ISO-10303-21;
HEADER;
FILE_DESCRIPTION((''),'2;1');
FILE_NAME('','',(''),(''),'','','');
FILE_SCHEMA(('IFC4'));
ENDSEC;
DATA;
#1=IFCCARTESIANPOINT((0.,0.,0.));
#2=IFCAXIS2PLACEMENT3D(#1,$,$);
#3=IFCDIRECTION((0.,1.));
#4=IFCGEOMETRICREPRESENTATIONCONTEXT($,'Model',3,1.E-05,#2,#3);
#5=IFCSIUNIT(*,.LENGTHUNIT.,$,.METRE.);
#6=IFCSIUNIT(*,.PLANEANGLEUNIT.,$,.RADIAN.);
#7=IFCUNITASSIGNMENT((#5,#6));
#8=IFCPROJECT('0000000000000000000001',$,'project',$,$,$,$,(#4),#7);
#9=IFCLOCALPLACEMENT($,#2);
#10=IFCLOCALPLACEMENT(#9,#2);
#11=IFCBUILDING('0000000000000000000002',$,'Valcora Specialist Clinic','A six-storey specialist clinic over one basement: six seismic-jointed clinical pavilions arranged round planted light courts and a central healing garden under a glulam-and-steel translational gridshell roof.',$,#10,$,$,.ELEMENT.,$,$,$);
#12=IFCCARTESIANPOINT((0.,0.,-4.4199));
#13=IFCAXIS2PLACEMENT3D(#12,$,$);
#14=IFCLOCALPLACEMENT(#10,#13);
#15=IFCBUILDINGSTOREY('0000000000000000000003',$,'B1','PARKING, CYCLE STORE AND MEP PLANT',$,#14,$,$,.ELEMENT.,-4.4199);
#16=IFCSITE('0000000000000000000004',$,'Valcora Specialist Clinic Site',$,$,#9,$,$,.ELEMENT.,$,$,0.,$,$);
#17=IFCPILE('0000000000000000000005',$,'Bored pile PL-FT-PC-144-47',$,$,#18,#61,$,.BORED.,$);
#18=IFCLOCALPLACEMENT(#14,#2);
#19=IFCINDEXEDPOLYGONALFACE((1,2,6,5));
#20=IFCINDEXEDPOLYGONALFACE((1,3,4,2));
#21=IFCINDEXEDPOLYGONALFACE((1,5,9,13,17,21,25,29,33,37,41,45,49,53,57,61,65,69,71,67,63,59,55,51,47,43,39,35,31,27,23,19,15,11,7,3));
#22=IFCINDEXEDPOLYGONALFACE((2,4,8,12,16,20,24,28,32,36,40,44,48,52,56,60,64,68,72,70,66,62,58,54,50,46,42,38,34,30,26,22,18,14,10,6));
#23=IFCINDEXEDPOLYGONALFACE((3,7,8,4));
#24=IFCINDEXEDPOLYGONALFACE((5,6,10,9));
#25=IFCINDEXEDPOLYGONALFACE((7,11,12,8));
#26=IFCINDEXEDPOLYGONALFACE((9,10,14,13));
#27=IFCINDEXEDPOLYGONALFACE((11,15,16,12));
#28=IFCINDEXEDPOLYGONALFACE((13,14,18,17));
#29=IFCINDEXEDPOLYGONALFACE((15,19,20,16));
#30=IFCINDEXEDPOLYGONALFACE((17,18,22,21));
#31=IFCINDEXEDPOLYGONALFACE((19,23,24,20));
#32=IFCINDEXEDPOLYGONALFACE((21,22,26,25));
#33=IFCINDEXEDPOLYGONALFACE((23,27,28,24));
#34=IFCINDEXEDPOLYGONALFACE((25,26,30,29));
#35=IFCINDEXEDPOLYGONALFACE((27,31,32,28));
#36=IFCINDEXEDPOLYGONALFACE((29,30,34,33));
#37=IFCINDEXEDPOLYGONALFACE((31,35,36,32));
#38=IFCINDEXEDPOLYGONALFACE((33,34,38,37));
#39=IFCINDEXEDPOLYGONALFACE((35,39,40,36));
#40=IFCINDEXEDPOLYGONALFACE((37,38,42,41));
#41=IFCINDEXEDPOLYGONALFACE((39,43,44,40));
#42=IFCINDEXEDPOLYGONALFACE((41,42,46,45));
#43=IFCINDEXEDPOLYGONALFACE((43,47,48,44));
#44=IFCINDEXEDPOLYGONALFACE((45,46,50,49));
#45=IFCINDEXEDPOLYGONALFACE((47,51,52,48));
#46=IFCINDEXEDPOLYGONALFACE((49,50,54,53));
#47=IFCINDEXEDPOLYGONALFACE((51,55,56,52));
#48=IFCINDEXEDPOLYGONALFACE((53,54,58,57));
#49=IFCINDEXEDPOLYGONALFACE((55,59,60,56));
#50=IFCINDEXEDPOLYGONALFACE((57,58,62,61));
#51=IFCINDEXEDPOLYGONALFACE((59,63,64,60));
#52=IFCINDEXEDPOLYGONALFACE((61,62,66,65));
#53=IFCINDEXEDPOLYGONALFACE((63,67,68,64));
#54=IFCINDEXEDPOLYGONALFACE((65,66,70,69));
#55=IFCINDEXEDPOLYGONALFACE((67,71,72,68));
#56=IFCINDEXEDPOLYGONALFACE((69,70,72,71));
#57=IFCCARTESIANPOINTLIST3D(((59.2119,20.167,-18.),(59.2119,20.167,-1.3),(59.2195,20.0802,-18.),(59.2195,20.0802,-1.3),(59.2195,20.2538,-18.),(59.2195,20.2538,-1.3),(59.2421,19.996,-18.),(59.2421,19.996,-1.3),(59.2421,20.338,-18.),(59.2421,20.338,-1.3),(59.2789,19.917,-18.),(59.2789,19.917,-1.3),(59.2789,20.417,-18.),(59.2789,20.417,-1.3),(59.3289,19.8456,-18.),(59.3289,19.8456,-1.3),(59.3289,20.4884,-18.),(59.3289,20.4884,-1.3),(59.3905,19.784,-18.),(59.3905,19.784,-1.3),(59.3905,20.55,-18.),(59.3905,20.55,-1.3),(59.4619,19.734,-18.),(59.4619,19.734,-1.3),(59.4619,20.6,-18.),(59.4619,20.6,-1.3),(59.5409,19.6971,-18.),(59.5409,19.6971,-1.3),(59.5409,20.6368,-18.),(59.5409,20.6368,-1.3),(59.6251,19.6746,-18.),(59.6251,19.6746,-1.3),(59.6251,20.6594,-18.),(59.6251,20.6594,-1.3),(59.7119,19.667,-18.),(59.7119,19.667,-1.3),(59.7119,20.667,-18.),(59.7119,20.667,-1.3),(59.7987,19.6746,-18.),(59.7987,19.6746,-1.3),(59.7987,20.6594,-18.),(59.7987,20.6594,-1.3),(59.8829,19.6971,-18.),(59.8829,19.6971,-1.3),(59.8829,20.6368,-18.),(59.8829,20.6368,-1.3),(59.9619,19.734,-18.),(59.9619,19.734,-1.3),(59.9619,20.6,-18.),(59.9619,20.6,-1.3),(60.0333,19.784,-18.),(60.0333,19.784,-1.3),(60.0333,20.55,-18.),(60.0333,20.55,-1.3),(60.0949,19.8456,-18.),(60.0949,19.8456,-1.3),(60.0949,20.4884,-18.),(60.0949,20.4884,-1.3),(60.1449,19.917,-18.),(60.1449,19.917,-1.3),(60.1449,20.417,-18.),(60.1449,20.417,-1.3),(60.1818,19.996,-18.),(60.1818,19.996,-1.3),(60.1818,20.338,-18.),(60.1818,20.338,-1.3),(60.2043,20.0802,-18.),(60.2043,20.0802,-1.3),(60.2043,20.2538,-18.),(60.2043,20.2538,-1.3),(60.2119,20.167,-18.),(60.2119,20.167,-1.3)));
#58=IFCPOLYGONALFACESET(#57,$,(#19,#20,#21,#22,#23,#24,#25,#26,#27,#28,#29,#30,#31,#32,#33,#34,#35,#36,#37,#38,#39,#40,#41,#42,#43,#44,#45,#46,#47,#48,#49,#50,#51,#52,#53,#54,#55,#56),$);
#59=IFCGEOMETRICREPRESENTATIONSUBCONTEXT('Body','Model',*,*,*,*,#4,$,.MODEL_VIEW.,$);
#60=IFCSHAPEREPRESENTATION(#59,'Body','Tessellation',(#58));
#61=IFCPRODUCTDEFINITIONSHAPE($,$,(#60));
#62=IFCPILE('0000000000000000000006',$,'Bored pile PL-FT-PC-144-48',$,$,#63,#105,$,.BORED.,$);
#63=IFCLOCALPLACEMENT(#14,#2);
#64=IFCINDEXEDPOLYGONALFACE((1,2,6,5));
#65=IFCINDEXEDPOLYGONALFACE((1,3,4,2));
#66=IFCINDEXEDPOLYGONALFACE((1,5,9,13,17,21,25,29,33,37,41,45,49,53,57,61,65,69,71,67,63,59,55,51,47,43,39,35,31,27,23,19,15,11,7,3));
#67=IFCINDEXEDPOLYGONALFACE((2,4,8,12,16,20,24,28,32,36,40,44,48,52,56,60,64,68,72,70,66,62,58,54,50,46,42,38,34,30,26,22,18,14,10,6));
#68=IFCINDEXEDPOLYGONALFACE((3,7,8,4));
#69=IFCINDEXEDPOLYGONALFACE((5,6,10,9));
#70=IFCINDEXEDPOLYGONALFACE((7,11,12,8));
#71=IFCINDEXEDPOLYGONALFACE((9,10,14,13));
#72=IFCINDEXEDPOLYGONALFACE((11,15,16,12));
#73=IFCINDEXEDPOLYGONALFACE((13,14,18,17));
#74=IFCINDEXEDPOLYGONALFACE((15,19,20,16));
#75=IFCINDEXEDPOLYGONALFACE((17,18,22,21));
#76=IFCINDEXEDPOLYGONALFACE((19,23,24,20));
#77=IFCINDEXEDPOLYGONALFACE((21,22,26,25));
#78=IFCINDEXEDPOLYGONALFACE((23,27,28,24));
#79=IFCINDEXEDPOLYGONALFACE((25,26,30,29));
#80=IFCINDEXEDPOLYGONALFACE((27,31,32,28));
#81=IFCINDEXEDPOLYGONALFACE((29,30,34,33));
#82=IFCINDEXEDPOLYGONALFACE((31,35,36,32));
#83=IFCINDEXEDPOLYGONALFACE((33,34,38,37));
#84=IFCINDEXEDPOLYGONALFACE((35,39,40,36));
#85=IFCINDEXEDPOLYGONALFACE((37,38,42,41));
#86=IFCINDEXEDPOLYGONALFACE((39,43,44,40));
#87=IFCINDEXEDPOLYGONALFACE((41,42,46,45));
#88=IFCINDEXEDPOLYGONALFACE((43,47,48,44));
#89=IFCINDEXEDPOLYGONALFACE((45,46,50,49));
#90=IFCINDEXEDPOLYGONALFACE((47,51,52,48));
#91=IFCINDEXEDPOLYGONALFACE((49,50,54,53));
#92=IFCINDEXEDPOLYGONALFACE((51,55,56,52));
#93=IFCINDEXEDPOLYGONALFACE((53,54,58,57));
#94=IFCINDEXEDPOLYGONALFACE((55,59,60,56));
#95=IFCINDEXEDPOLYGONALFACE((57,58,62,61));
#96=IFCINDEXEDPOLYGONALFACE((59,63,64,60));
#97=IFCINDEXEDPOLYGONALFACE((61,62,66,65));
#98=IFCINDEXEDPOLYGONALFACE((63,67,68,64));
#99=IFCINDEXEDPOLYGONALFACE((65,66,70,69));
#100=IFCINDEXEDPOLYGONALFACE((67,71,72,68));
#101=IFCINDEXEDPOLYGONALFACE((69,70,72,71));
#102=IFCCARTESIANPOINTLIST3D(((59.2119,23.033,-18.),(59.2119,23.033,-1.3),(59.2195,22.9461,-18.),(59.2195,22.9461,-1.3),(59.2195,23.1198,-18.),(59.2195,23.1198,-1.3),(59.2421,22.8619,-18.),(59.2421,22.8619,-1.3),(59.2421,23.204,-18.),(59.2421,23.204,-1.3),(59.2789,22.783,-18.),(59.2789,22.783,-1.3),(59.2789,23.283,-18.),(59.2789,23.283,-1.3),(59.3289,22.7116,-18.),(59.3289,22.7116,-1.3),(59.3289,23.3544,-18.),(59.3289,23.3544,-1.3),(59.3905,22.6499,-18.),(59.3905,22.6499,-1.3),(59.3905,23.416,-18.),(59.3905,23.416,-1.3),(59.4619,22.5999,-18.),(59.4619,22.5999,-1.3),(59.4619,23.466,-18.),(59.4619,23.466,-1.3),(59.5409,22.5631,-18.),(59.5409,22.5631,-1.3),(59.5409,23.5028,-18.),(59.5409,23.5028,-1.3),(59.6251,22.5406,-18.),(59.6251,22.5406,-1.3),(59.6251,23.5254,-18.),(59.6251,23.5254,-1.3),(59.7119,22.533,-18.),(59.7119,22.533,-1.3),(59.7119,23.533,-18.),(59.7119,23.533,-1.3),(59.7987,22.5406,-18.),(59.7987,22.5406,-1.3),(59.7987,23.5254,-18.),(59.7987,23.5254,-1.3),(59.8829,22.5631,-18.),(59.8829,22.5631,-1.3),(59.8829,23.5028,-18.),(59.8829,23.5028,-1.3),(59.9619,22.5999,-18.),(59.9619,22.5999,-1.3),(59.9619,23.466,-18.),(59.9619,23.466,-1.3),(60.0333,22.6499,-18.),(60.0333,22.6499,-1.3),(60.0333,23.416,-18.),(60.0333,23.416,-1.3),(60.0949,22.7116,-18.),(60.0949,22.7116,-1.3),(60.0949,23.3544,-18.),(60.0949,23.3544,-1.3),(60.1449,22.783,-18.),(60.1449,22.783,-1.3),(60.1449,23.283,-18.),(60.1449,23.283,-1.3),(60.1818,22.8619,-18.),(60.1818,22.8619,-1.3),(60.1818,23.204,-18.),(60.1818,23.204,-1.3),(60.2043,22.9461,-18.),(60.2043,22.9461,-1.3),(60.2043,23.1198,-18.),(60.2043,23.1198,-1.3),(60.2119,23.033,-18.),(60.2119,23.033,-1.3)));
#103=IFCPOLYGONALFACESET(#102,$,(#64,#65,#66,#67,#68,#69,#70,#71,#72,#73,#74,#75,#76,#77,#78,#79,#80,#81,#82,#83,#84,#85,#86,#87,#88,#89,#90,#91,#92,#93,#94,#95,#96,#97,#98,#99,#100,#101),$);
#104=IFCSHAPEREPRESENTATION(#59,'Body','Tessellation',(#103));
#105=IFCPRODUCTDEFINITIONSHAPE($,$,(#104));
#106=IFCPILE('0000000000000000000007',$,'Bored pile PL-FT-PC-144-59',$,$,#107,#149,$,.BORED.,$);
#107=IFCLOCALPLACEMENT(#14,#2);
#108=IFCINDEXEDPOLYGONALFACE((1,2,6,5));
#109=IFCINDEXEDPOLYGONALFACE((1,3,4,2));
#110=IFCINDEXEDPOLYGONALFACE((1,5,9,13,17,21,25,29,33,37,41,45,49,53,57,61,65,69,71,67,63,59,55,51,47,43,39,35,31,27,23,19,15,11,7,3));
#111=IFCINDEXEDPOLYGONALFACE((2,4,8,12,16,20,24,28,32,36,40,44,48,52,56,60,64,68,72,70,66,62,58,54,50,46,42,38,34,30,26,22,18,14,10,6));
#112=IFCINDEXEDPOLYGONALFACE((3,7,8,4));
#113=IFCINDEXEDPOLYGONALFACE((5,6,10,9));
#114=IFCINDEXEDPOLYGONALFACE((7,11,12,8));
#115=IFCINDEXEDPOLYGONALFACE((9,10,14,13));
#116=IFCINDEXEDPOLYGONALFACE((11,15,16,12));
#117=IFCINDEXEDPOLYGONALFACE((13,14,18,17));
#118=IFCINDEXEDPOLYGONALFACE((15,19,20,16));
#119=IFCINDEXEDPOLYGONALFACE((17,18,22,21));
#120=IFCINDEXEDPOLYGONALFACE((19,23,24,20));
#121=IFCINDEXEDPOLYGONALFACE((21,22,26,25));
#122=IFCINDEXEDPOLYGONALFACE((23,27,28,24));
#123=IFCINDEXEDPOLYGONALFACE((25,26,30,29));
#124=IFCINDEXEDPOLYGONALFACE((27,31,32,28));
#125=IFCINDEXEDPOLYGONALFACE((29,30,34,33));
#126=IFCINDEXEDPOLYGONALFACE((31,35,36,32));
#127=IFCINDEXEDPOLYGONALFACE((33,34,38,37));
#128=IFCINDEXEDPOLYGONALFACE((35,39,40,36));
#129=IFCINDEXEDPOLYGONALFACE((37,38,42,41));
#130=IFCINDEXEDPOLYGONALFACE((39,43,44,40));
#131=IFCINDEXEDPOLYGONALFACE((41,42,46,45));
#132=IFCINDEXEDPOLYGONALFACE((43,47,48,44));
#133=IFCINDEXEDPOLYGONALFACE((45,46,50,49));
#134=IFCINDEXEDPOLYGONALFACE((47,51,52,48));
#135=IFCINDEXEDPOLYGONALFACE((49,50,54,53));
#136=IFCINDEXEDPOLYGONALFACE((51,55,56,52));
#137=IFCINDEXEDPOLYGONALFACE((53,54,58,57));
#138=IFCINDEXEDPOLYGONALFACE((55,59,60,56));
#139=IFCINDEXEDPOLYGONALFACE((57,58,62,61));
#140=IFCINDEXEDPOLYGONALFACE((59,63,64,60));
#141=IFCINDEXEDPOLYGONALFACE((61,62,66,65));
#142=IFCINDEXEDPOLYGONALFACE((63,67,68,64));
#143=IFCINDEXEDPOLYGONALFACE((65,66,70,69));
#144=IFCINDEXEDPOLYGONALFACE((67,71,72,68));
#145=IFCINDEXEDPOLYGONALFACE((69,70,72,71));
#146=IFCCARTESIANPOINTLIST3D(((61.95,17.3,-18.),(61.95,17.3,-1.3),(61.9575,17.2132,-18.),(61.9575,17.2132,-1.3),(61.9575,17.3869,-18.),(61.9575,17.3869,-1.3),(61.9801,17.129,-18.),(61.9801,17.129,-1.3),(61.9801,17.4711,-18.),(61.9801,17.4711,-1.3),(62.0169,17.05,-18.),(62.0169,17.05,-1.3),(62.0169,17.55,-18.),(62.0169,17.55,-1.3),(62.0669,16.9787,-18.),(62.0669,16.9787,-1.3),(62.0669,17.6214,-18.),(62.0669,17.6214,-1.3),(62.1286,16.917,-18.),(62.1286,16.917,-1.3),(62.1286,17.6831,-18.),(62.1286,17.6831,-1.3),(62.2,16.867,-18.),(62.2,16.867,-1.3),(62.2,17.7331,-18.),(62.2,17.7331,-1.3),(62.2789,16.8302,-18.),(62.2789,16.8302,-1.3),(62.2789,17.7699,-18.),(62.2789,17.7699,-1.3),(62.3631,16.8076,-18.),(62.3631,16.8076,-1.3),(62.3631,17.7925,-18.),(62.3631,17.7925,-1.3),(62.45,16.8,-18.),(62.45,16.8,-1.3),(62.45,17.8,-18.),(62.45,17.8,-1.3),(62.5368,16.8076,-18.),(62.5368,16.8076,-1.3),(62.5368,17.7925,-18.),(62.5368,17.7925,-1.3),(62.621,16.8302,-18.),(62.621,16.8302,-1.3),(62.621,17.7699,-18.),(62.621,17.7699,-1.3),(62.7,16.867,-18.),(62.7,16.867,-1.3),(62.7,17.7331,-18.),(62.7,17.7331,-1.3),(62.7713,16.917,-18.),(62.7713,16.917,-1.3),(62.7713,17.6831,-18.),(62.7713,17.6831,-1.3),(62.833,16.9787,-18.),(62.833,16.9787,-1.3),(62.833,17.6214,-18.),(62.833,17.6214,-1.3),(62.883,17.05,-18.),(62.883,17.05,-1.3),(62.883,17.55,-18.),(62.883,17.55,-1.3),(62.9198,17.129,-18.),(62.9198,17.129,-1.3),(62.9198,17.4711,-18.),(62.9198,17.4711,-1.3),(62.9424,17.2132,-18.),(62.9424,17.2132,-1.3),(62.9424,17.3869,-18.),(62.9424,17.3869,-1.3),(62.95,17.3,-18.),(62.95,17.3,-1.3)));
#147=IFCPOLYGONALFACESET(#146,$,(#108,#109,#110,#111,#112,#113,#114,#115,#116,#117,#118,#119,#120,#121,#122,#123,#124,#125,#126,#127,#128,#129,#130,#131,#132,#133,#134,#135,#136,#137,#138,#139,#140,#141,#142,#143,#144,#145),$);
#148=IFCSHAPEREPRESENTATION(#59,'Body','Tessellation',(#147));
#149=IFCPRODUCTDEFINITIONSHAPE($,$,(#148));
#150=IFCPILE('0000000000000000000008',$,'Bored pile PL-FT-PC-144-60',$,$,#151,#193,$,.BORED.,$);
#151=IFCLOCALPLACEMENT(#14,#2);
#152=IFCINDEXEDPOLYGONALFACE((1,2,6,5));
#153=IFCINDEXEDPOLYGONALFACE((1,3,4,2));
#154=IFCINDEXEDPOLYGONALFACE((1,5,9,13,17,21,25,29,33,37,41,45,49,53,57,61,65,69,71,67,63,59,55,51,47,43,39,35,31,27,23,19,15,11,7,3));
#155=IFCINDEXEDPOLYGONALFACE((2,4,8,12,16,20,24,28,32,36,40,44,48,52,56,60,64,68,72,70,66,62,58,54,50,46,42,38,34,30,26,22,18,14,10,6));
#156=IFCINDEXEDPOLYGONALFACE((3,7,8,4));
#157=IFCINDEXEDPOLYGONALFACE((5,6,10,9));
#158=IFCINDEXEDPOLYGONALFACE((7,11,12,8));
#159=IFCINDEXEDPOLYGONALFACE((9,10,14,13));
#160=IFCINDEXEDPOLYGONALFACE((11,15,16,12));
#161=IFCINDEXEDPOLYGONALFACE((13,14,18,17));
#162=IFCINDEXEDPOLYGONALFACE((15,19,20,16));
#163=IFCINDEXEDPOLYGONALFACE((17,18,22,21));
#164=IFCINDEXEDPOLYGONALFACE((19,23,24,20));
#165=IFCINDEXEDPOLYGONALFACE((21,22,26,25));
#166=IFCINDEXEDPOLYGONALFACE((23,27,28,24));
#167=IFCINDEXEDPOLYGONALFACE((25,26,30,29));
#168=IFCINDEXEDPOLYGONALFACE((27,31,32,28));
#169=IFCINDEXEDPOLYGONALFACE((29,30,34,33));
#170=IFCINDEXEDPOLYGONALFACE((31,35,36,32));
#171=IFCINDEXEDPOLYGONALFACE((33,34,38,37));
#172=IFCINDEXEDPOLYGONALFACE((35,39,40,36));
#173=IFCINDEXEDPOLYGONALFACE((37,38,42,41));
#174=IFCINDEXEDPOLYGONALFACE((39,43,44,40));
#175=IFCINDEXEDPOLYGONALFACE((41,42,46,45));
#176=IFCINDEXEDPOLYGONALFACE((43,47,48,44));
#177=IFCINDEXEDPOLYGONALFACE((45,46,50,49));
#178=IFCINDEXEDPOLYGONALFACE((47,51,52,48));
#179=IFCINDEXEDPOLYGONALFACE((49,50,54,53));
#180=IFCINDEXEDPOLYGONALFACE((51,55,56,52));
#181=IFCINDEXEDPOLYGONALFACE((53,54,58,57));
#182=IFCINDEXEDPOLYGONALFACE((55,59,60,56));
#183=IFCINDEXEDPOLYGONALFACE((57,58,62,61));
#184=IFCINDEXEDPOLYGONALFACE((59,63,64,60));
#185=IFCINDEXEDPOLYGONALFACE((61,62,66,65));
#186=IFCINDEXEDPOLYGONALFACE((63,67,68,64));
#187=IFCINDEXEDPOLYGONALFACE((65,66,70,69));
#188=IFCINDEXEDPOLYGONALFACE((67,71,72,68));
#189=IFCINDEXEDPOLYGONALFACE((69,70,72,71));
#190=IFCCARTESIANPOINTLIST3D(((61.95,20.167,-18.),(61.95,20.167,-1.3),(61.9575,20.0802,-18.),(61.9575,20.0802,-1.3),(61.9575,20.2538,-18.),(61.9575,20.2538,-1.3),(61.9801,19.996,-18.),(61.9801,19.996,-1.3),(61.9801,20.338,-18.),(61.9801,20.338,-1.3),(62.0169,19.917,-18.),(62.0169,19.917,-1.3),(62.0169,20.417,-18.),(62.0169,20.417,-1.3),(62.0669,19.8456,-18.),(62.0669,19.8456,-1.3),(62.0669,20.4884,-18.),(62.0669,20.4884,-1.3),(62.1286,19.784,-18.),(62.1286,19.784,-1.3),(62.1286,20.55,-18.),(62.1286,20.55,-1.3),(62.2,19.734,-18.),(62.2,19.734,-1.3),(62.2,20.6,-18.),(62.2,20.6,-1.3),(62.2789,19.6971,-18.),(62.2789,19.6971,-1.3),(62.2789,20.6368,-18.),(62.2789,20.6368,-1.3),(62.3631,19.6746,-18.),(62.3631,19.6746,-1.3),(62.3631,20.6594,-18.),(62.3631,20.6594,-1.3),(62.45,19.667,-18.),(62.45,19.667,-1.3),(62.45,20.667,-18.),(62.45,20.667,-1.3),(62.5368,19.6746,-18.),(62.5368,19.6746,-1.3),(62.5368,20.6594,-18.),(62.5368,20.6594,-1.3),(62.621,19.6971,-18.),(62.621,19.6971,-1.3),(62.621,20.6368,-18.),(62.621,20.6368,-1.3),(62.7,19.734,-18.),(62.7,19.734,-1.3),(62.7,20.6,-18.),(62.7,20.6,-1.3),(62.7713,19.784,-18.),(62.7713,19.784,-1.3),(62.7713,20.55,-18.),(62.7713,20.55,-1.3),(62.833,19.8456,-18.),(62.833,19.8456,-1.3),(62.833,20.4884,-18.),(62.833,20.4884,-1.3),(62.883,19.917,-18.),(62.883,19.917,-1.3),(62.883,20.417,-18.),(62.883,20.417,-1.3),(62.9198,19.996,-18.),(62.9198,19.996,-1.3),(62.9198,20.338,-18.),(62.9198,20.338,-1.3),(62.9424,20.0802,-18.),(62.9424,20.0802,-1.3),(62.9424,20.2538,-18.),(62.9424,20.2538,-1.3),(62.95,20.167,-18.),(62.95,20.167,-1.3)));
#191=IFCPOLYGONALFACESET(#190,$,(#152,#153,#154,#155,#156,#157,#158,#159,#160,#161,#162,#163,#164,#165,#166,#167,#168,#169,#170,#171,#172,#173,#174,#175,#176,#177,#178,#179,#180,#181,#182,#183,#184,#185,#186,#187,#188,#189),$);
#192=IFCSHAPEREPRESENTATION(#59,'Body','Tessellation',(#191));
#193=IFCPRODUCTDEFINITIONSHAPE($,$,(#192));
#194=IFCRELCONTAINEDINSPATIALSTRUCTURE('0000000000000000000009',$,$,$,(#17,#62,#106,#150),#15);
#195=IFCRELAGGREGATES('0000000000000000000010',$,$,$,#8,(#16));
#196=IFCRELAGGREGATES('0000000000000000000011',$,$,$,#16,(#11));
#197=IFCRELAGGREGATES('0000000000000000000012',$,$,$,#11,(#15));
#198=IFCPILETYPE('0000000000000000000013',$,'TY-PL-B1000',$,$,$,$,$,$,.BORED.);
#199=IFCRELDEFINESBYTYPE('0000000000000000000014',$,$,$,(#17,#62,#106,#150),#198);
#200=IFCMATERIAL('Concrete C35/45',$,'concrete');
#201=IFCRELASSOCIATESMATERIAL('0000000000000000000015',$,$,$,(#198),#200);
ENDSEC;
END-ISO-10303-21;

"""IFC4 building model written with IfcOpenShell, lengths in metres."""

from ifc_helpers import new_model, si_unit, direction, frame, origin, origin_2d, place, context, subcontext, project, spatial, circle, extrude, material, material_profile, profile_set, type_object, element, save


model = new_model("IFC4")

# Units and contexts
model_context = context("Model", 3, precision=1e-05, world=origin(), true_north=direction((0.0, 1.0)))
body_context = subcontext(model_context, "Body", "Model", "MODEL_VIEW")
ifc_project = project(units=[si_unit("LENGTHUNIT", "METRE"), si_unit("PLANEANGLEUNIT", "RADIAN")], contexts=[model_context])

# Site, building, storey
site_placement = place(None, origin())
site = spatial("IfcSite", under=ifc_project, at=site_placement, Name="Valcora Specialist Clinic Site", CompositionType="ELEMENT", RefElevation=0.0)
building_placement = place(site_placement, origin())
building = spatial("IfcBuilding", under=site, at=building_placement, Name="Valcora Specialist Clinic", Description="A six-storey specialist clinic over one basement: six seismic-jointed clinical pavilions arranged round planted light courts and a central healing garden under a glulam-and-steel translational gridshell roof.", CompositionType="ELEMENT")
storey_placement = place(building_placement, frame((0.0, 0.0, -4.4199)))
storey = spatial("IfcBuildingStorey", under=building, at=storey_placement, Name="B1", Description="PARKING, CYCLE STORE AND MEP PLANT", CompositionType="ELEMENT", Elevation=-4.4199)

# Shared definitions
ifc_material_1 = material(Name="Concrete C35/45", Category="concrete")

# Piles
ifc_material_profile_1 = material_profile(ifc_material_1, circle(Radius=0.5, at=origin_2d()), Name="RC-PIL-D1000")
ifc_profile_set_1 = profile_set([ifc_material_profile_1], Name="Concrete C35/45")
pile_type = type_object("IfcPileType", Name="TY-PL-B1000", PredefinedType="BORED", material=ifc_profile_set_1)
for number, where, z_axis, x_axis, name in (
    (1, (59.7119, 20.167, -1.3), (0.0, 0.0, -1.0), (1.0, 0.0, 0.0), "Bored pile PL-FT-PC-144-47"),
    (2, (59.7119, 23.033, -1.3), (0.0, 0.0, -1.0), (1.0, 0.0, 0.0), "Bored pile PL-FT-PC-144-48"),
    (3, (62.45, 17.3, -1.3), (0.0, 0.0, -1.0), (1.0, 0.0, 0.0), "Bored pile PL-FT-PC-144-59"),
    (4, (62.45, 20.167, -1.3), (0.0, 0.0, -1.0), (1.0, 0.0, 0.0), "Bored pile PL-FT-PC-144-60"),
):
    element("IfcPile", number, at=place(storey_placement, frame(where, z_axis=z_axis, x_axis=x_axis)), inside=storey, type_object=pile_type, Name=name, PredefinedType="BORED", context=body_context, shape_type="SweptSolid", body=[
        extrude(circle(Radius=0.5, at=origin_2d()), origin(), (0.0, 0.0, 1.0), 16.7),
    ])

save(model, "model.ifc")
